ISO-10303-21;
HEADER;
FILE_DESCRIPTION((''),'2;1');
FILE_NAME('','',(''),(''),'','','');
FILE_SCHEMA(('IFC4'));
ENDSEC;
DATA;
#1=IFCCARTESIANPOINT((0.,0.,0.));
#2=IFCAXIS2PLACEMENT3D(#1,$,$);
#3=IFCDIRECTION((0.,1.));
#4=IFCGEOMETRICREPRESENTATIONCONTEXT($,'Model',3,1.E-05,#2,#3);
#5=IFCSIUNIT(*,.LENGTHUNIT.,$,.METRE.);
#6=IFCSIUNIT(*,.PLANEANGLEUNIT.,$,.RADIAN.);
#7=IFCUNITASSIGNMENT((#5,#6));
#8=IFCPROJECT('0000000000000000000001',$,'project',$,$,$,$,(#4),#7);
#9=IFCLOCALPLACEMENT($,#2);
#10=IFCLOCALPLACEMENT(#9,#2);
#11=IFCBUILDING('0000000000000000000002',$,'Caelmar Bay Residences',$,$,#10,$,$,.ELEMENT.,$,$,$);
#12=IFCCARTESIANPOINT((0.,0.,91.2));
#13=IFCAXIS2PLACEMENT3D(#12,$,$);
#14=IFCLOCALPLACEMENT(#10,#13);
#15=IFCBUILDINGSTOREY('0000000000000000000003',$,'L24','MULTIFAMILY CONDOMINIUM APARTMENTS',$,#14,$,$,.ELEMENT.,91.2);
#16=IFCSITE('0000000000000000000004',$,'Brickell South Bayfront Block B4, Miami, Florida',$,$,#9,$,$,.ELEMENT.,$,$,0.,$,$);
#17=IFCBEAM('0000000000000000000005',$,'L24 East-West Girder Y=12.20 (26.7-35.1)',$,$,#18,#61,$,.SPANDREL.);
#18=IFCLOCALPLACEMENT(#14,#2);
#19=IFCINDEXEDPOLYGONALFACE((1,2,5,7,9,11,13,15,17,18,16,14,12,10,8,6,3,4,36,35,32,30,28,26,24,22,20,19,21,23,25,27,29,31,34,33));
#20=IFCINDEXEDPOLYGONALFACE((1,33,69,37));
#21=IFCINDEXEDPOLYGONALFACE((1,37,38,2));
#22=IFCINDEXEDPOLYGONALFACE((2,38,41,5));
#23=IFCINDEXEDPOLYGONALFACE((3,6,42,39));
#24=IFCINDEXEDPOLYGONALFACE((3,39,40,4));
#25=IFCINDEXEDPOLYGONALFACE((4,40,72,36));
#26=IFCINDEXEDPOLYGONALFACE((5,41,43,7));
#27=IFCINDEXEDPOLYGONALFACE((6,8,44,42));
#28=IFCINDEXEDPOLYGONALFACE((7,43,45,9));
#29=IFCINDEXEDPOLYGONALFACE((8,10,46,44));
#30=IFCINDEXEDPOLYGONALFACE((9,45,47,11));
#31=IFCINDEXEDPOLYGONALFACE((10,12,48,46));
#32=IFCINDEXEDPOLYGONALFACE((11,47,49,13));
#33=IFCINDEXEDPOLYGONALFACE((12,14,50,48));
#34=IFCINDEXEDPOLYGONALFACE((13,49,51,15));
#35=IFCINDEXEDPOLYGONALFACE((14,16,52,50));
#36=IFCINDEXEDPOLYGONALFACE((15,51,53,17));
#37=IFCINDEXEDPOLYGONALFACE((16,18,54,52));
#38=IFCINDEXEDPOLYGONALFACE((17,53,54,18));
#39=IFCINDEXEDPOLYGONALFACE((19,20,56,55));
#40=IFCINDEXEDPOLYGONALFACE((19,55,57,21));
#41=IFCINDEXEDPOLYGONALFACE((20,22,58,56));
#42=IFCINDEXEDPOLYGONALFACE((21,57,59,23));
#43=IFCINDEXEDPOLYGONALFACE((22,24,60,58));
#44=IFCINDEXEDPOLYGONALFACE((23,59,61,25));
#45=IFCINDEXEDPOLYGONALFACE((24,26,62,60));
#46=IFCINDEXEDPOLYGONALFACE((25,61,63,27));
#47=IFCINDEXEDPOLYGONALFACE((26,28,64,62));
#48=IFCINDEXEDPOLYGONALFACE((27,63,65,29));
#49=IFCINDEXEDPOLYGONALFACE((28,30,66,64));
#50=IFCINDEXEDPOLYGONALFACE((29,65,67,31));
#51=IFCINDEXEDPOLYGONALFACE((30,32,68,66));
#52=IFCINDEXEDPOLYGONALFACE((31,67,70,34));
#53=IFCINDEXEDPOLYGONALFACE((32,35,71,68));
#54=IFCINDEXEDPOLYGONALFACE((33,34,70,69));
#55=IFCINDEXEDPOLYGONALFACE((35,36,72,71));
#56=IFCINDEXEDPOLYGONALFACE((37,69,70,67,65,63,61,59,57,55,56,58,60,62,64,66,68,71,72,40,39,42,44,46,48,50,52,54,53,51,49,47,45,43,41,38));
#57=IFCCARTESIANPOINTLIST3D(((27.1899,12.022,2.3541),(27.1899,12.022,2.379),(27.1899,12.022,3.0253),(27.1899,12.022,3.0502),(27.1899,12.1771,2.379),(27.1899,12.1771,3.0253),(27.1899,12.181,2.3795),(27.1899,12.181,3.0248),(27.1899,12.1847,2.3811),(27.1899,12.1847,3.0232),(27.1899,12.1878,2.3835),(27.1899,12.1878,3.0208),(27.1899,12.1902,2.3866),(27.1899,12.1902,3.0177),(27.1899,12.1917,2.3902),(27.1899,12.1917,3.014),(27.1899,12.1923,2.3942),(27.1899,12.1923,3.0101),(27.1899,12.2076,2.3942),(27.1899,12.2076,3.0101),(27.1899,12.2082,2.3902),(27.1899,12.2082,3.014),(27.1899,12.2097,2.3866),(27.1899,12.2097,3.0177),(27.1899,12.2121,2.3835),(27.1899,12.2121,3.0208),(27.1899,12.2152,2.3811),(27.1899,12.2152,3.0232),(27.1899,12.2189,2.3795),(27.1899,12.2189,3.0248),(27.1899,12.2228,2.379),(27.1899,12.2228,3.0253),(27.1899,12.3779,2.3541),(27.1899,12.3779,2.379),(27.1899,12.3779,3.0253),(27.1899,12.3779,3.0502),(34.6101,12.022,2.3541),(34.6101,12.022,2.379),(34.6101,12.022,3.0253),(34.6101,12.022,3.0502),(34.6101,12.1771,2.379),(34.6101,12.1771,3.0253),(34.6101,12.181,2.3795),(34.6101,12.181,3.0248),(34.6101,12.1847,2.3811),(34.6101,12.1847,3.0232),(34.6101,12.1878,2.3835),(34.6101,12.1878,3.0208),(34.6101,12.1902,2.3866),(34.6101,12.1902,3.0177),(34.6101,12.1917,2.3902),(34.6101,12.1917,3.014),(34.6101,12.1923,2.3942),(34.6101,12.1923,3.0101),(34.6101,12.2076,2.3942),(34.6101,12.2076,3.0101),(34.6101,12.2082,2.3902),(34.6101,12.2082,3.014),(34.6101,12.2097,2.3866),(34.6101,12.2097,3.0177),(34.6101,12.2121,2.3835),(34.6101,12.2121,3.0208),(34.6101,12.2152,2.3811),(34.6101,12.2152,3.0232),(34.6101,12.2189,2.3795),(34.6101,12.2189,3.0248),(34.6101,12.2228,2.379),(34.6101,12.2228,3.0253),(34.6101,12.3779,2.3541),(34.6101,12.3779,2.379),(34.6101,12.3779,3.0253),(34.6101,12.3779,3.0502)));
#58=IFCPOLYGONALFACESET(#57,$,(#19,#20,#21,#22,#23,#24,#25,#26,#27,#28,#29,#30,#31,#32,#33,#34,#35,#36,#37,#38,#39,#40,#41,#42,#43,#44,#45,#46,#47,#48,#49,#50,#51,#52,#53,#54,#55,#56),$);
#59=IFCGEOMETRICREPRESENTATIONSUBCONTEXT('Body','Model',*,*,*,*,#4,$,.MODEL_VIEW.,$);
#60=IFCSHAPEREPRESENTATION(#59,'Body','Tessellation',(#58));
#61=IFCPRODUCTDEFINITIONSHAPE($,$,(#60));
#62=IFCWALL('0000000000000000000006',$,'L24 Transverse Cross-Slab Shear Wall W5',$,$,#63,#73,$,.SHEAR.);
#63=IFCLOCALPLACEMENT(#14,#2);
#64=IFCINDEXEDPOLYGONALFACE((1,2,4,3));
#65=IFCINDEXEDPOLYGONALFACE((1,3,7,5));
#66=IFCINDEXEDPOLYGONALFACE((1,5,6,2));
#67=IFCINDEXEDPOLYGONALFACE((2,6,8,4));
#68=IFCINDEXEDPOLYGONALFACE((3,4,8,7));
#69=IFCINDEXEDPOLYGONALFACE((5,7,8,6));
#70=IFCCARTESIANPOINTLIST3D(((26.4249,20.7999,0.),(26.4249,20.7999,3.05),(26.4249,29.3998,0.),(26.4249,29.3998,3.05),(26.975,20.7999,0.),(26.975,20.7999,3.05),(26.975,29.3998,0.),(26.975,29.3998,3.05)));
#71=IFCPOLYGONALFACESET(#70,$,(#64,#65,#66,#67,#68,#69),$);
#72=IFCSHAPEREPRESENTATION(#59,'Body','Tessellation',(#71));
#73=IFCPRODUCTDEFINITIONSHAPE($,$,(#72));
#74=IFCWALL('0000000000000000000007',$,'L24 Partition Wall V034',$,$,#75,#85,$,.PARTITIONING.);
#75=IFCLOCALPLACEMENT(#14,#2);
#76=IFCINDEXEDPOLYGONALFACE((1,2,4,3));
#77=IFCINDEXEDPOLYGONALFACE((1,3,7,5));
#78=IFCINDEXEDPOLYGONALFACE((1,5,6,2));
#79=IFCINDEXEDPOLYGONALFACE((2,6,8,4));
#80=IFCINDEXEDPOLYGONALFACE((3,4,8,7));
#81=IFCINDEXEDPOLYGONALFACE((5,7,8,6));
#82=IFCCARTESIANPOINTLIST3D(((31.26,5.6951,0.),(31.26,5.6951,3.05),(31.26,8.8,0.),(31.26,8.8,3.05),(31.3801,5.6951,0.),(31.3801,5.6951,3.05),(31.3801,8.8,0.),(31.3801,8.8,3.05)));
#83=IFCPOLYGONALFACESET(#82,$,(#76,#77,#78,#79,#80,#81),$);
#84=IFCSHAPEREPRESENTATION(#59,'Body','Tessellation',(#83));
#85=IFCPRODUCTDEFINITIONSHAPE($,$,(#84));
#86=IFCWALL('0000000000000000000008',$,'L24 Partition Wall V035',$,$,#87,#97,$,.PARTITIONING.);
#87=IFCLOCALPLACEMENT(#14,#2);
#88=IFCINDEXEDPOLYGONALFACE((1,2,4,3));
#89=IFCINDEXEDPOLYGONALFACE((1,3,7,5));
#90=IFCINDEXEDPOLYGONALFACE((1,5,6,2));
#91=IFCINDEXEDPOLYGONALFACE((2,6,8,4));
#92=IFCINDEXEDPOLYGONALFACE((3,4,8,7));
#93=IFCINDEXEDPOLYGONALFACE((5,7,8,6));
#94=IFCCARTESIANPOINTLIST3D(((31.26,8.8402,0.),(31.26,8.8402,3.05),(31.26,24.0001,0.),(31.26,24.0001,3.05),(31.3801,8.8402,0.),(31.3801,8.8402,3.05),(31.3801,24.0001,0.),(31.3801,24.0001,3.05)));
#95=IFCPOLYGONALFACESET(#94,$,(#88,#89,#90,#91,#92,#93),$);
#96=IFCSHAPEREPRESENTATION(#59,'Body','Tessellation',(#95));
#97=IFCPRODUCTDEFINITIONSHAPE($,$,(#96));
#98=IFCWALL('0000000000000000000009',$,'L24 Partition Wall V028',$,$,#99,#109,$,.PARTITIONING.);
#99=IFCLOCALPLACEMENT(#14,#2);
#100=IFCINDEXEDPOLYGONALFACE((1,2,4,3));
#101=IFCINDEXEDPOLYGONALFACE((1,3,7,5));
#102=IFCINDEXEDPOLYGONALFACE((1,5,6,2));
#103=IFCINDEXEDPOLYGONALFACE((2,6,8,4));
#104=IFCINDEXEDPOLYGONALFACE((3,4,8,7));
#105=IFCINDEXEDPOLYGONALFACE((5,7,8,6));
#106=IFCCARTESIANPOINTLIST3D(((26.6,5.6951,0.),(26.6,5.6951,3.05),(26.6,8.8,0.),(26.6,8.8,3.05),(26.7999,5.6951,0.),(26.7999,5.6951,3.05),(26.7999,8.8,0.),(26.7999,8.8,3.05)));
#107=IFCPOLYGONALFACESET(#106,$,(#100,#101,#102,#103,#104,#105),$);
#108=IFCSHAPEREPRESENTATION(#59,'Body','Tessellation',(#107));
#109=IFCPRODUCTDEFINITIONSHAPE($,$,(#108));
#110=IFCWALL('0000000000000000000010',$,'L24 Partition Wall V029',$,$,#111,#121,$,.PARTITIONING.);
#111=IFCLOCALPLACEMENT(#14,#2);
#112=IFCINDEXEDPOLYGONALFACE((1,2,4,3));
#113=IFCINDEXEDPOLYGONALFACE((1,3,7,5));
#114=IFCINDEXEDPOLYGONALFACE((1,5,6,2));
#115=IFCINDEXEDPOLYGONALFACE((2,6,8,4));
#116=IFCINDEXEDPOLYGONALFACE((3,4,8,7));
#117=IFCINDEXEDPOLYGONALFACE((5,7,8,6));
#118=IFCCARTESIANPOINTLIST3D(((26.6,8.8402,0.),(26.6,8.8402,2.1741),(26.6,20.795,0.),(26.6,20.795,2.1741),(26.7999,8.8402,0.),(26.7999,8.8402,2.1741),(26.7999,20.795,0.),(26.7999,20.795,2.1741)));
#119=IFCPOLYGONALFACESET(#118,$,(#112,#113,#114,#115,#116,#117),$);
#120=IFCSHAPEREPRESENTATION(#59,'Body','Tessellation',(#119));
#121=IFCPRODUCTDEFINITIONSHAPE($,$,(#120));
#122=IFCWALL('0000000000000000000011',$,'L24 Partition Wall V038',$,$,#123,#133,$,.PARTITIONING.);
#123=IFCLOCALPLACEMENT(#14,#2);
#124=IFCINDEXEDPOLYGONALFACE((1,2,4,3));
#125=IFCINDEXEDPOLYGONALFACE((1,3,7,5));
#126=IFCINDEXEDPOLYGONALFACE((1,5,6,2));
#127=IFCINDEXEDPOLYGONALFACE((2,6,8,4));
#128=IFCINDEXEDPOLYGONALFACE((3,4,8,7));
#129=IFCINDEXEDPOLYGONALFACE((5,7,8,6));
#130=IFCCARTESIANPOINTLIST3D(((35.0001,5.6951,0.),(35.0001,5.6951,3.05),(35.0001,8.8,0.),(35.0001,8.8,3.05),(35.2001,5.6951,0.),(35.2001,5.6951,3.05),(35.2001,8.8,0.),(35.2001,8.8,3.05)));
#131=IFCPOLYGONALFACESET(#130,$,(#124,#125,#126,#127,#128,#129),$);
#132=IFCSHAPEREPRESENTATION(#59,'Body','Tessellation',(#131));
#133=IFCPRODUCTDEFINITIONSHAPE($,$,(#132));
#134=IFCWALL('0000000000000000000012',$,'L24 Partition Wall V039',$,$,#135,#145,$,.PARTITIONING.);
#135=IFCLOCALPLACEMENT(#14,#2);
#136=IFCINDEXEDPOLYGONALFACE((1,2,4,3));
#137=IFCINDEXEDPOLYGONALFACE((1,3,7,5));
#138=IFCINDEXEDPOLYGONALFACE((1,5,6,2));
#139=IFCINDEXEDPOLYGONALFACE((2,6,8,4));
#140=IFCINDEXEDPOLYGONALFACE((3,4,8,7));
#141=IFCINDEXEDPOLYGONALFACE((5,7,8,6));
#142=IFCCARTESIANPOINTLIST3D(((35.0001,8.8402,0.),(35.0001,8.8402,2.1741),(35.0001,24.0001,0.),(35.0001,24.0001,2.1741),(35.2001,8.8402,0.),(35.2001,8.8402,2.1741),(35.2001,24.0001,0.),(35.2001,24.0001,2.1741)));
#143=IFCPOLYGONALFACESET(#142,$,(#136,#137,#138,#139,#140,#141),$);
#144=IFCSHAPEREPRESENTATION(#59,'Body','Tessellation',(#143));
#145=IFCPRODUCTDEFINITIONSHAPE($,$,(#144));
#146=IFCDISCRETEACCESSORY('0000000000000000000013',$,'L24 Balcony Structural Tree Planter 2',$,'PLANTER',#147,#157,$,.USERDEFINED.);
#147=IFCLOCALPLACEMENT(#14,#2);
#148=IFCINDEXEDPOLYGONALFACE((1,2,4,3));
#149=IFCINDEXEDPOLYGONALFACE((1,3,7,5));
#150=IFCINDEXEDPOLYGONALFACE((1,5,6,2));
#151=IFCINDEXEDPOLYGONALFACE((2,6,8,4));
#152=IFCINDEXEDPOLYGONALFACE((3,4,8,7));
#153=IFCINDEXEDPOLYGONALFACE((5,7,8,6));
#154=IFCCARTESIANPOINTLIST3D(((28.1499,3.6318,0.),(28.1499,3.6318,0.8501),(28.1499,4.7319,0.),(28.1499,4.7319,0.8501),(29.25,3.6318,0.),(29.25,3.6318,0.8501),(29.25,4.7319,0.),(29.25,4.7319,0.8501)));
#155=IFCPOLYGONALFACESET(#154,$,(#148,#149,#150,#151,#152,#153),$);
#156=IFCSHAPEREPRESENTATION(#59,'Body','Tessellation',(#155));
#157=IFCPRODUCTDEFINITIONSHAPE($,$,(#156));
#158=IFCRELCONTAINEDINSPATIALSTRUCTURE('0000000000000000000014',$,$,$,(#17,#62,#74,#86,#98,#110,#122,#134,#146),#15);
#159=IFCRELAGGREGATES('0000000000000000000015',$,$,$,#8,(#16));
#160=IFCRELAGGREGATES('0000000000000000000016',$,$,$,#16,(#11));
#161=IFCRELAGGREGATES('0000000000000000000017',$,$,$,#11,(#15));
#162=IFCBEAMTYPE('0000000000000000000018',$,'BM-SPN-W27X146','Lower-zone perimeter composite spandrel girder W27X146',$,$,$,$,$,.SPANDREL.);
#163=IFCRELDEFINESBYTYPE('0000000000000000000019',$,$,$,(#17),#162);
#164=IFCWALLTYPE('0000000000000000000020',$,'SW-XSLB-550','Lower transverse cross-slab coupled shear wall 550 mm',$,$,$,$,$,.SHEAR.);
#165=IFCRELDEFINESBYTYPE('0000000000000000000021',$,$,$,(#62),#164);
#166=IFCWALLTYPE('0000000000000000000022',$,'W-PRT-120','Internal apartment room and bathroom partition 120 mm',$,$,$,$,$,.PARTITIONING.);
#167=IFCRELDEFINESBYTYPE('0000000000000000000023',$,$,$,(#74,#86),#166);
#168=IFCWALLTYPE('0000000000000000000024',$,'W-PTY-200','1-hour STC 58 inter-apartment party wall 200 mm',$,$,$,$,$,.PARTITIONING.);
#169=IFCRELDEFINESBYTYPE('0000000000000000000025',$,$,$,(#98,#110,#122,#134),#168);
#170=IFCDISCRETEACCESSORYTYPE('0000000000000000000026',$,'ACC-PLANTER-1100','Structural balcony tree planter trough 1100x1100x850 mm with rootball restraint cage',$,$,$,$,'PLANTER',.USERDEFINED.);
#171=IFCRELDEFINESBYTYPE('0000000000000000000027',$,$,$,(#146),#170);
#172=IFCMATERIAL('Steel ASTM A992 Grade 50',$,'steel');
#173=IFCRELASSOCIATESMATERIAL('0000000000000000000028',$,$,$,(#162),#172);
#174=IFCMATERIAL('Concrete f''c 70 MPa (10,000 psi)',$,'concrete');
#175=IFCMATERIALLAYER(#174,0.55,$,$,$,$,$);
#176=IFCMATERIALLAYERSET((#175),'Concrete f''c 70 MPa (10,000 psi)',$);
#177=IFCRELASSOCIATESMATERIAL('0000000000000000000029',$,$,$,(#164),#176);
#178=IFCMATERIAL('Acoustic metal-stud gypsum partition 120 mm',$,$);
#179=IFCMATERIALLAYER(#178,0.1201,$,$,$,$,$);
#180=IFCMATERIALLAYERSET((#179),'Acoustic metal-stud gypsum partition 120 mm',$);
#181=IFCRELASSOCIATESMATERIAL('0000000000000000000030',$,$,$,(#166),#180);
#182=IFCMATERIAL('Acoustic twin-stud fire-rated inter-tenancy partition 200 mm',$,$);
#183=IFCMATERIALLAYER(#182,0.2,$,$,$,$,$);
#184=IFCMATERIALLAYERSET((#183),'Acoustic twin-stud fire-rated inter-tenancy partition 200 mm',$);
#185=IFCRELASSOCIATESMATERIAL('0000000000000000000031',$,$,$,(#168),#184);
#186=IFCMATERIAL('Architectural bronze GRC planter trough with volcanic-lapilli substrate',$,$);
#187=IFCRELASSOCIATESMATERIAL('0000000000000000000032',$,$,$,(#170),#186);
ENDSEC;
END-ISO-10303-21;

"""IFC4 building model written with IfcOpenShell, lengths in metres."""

from ifc_helpers import new_model, si_unit, direction, frame, frame_2d, origin, origin_2d, place, context, subcontext, project, spatial, rectangle, i_section, extrude, material, layer, layer_set, material_profile, profile_set, type_object, element, save


model = new_model("IFC4")

# Units and contexts
model_context = context("Model", 3, precision=1e-05, world=origin(), true_north=direction((0.0, 1.0)))
body_context = subcontext(model_context, "Body", "Model", "MODEL_VIEW")
ifc_project = project(units=[si_unit("LENGTHUNIT", "METRE"), si_unit("PLANEANGLEUNIT", "RADIAN")], contexts=[model_context])

# Site, building, storey
site_placement = place(None, origin())
site = spatial("IfcSite", under=ifc_project, at=site_placement, Name="Brickell South Bayfront Block B4, Miami, Florida", CompositionType="ELEMENT", RefElevation=0.0)
building_placement = place(site_placement, origin())
building = spatial("IfcBuilding", under=site, at=building_placement, Name="Caelmar Bay Residences", CompositionType="ELEMENT")
storey_placement = place(building_placement, frame((0.0, 0.0, 91.2)))
storey = spatial("IfcBuildingStorey", under=building, at=storey_placement, Name="L24", Description="MULTIFAMILY CONDOMINIUM APARTMENTS", CompositionType="ELEMENT", Elevation=91.2)

# Shared definitions
ifc_material_1 = material(Name="Concrete f'c 70 MPa (10,000 psi)", Category="concrete")

# Beam
ifc_material_2 = material(Name="Steel ASTM A992 Grade 50", Category="steel")
ifc_material_profile_1 = material_profile(ifc_material_2, i_section(OverallWidth=0.356, OverallDepth=0.696, WebThickness=0.0154, FlangeThickness=0.0249, FilletRadius=0.0151, at=origin_2d()), Name="W27X146")
ifc_profile_set_1 = profile_set([ifc_material_profile_1], Name="Steel ASTM A992 Grade 50")
beam_type_1 = type_object("IfcBeamType", Name="BM-SPN-W27X146", Description="Lower-zone perimeter composite spandrel girder W27X146", PredefinedType="SPANDREL", material=ifc_profile_set_1)
beam_1_placement = place(storey_placement, frame((27.1899, 12.2, 2.7021), z_axis=(1.0, 0.0, 0.0), x_axis=(0.0, 1.0, 0.0)))
element("IfcBeam", 1, at=beam_1_placement, inside=storey, type_object=beam_type_1, Name="L24 East-West Girder Y=12.20 (26.7-35.1)", PredefinedType="SPANDREL", context=body_context, shape_type="SweptSolid", body=[
    extrude(i_section(OverallWidth=0.356, OverallDepth=0.696, WebThickness=0.0154, FlangeThickness=0.0249, FilletRadius=0.0151, at=origin_2d()), origin(), (0.0, 0.0, 1.0), 7.4202),
])

# Walls
ifc_layer_1 = layer(ifc_material_1, 0.55)
ifc_layer_set_1 = layer_set([ifc_layer_1], Name="Concrete f'c 70 MPa (10,000 psi)")
wall_type_1 = type_object("IfcWallType", Name="SW-XSLB-550", Description="Lower transverse cross-slab coupled shear wall 550 mm", PredefinedType="SHEAR", material=ifc_layer_set_1)
wall_1_placement = place(storey_placement, frame((26.7, 20.8, 0.0), z_axis=(0.0, 0.0, 1.0), x_axis=(0.0, 1.0, 0.0)))
element("IfcWall", 2, at=wall_1_placement, inside=storey, type_object=wall_type_1, Name="L24 Transverse Cross-Slab Shear Wall W5", PredefinedType="SHEAR", context=body_context, shape_type="SweptSolid", body=[
    extrude(rectangle(XDim=8.5999, YDim=0.55, at=frame_2d((4.2998, 0.0))), origin(), (0.0, 0.0, 1.0), 3.05),
])
ifc_material_3 = material(Name="Acoustic metal-stud gypsum partition 120 mm")
ifc_layer_2 = layer(ifc_material_3, 0.1201)
ifc_layer_set_2 = layer_set([ifc_layer_2], Name="Acoustic metal-stud gypsum partition 120 mm")
wall_type_2 = type_object("IfcWallType", Name="W-PRT-120", Description="Internal apartment room and bathroom partition 120 mm", PredefinedType="PARTITIONING", material=ifc_layer_set_2)
wall_2_placement = place(storey_placement, frame((31.3201, 5.6951, 0.0), z_axis=(0.0, 0.0, 1.0), x_axis=(0.0, 1.0, 0.0)))
element("IfcWall", 3, at=wall_2_placement, inside=storey, type_object=wall_type_2, Name="L24 Partition Wall V034", PredefinedType="PARTITIONING", context=body_context, shape_type="SweptSolid", body=[
    extrude(rectangle(XDim=3.105, YDim=0.1201, at=frame_2d((1.5525, 0.0))), origin(), (0.0, 0.0, 1.0), 3.05),
])
wall_3_placement = place(storey_placement, frame((31.3201, 8.8401, 0.0), z_axis=(0.0, 0.0, 1.0), x_axis=(0.0, 1.0, 0.0)))
element("IfcWall", 4, at=wall_3_placement, inside=storey, type_object=wall_type_2, Name="L24 Partition Wall V035", PredefinedType="PARTITIONING", context=body_context, shape_type="SweptSolid", body=[
    extrude(rectangle(XDim=15.1599, YDim=0.1201, at=frame_2d((7.5801, 0.0))), origin(), (0.0, 0.0, 1.0), 3.05),
])

# Walls
ifc_material_4 = material(Name="Acoustic twin-stud fire-rated inter-tenancy partition 200 mm")
ifc_layer_3 = layer(ifc_material_4, 0.2)
ifc_layer_set_3 = layer_set([ifc_layer_3], Name="Acoustic twin-stud fire-rated inter-tenancy partition 200 mm")
wall_type_3 = type_object("IfcWallType", Name="W-PTY-200", Description="1-hour STC 58 inter-apartment party wall 200 mm", PredefinedType="PARTITIONING", material=ifc_layer_set_3)
wall_4_placement = place(storey_placement, frame((26.7, 5.6951, 0.0), z_axis=(0.0, 0.0, 1.0), x_axis=(0.0, 1.0, 0.0)))
element("IfcWall", 5, at=wall_4_placement, inside=storey, type_object=wall_type_3, Name="L24 Partition Wall V028", PredefinedType="PARTITIONING", context=body_context, shape_type="SweptSolid", body=[
    extrude(rectangle(XDim=3.105, YDim=0.2, at=frame_2d((1.5525, 0.0))), origin(), (0.0, 0.0, 1.0), 3.05),
])
wall_5_placement = place(storey_placement, frame((26.7, 8.8401, 0.0), z_axis=(0.0, 0.0, 1.0), x_axis=(0.0, 1.0, 0.0)))
element("IfcWall", 6, at=wall_5_placement, inside=storey, type_object=wall_type_3, Name="L24 Partition Wall V029", PredefinedType="PARTITIONING", context=body_context, shape_type="SweptSolid", body=[
    extrude(rectangle(XDim=11.9548, YDim=0.2, at=frame_2d((5.9775, 0.0))), origin(), (0.0, 0.0, 1.0), 2.1741),
])
wall_6_placement = place(storey_placement, frame((35.1001, 5.6951, 0.0), z_axis=(0.0, 0.0, 1.0), x_axis=(0.0, 1.0, 0.0)))
element("IfcWall", 7, at=wall_6_placement, inside=storey, type_object=wall_type_3, Name="L24 Partition Wall V038", PredefinedType="PARTITIONING", context=body_context, shape_type="SweptSolid", body=[
    extrude(rectangle(XDim=3.105, YDim=0.2, at=frame_2d((1.5525, 0.0))), origin(), (0.0, 0.0, 1.0), 3.05),
])
wall_7_placement = place(storey_placement, frame((35.1001, 8.8401, 0.0), z_axis=(0.0, 0.0, 1.0), x_axis=(0.0, 1.0, 0.0)))
element("IfcWall", 8, at=wall_7_placement, inside=storey, type_object=wall_type_3, Name="L24 Partition Wall V039", PredefinedType="PARTITIONING", context=body_context, shape_type="SweptSolid", body=[
    extrude(rectangle(XDim=15.1599, YDim=0.2, at=frame_2d((7.5801, 0.0))), origin(), (0.0, 0.0, 1.0), 2.1741),
])

# Discrete accessory
ifc_material_5 = material(Name="Architectural bronze GRC planter trough with volcanic-lapilli substrate")
discrete_accessory_type = type_object("IfcDiscreteAccessoryType", Name="ACC-PLANTER-1100", Description="Structural balcony tree planter trough 1100x1100x850 mm with rootball restraint cage", ElementType="PLANTER", PredefinedType="USERDEFINED", material=ifc_material_5)
discrete_accessory_placement = place(storey_placement, frame((28.7, 4.1819, 0.0), z_axis=(0.0, 0.0, 1.0), x_axis=(1.0, 0.0, 0.0)))
element("IfcDiscreteAccessory", 9, at=discrete_accessory_placement, inside=storey, type_object=discrete_accessory_type, Name="L24 Balcony Structural Tree Planter 2", ObjectType="PLANTER", PredefinedType="USERDEFINED", context=body_context, shape_type="SweptSolid", body=[
    extrude(rectangle(XDim=1.1001, YDim=1.1001, at=origin_2d()), origin(), (0.0, 0.0, 1.0), 0.8501),
])

save(model, "model.ifc")
